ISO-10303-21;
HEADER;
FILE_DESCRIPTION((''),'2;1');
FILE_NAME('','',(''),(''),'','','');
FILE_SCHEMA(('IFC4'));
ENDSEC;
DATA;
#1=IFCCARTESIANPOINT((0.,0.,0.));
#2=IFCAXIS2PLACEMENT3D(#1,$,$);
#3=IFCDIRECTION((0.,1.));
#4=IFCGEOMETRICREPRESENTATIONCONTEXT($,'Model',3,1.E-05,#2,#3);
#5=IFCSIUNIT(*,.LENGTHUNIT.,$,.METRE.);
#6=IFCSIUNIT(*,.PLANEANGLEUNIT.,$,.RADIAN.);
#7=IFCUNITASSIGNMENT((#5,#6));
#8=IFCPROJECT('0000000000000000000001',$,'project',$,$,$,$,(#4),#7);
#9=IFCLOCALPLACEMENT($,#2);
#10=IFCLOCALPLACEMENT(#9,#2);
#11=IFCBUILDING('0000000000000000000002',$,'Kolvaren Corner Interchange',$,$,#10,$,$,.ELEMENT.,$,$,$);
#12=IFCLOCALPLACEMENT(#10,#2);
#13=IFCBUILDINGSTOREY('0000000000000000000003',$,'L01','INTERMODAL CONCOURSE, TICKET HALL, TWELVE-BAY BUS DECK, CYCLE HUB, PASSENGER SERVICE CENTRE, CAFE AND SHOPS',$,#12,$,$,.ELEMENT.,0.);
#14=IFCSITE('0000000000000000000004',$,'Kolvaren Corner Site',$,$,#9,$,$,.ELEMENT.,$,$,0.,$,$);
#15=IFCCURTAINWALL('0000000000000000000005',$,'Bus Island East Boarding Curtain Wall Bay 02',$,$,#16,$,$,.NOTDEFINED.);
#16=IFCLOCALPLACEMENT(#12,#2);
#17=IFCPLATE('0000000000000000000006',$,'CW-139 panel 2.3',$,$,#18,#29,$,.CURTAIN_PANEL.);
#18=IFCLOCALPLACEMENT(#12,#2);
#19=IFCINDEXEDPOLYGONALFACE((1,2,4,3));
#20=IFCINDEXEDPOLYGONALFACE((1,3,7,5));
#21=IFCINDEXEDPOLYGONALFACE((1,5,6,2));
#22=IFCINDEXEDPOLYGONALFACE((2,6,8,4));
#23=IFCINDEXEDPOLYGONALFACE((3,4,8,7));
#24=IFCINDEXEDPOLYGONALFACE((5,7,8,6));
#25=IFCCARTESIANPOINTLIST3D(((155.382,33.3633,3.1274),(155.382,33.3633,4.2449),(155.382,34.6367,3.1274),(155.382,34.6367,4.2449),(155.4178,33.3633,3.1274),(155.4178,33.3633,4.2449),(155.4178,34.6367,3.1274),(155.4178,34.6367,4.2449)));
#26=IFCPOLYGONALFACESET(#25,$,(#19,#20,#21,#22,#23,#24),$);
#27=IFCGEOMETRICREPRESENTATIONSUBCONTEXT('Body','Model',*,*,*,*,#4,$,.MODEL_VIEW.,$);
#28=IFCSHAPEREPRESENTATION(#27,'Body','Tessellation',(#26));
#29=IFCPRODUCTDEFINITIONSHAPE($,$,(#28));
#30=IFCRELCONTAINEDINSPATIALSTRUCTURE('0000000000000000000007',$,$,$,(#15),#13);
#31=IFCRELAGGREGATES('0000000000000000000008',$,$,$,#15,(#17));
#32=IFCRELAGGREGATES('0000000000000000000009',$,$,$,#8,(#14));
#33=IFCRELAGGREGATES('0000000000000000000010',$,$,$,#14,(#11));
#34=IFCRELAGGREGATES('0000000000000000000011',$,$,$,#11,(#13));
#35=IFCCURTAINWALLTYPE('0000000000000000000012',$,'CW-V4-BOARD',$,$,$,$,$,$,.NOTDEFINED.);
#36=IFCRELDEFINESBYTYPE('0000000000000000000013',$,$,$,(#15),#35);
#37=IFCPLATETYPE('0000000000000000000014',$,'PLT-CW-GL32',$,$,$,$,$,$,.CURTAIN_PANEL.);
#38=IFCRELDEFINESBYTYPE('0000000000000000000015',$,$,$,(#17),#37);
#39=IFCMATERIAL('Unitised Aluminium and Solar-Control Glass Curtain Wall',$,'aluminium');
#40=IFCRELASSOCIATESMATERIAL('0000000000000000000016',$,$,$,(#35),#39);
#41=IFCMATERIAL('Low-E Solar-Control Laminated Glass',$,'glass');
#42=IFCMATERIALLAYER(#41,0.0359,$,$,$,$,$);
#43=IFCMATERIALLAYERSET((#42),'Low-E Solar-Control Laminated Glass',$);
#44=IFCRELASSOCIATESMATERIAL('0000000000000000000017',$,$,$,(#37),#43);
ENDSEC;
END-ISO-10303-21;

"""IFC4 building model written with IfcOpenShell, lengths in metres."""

from ifc_helpers import new_model, si_unit, direction, frame, origin, origin_2d, place, context, subcontext, project, spatial, rectangle, extrude, material, layer, layer_set, type_object, element, aggregate, save


model = new_model("IFC4")

# Units and contexts
model_context = context("Model", 3, precision=1e-05, world=origin(), true_north=direction((0.0, 1.0)))
body_context = subcontext(model_context, "Body", "Model", "MODEL_VIEW")
ifc_project = project(units=[si_unit("LENGTHUNIT", "METRE"), si_unit("PLANEANGLEUNIT", "RADIAN")], contexts=[model_context])

# Site, building, storey
site_placement = place(None, origin())
site = spatial("IfcSite", under=ifc_project, at=site_placement, Name="Kolvaren Corner Site", CompositionType="ELEMENT", RefElevation=0.0)
building_placement = place(site_placement, origin())
building = spatial("IfcBuilding", under=site, at=building_placement, Name="Kolvaren Corner Interchange", CompositionType="ELEMENT")
storey_placement = place(building_placement, origin())
storey = spatial("IfcBuildingStorey", under=building, at=storey_placement, Name="L01", Description="INTERMODAL CONCOURSE, TICKET HALL, TWELVE-BAY BUS DECK, CYCLE HUB, PASSENGER SERVICE CENTRE, CAFE AND SHOPS", CompositionType="ELEMENT", Elevation=0.0)

# Shared definitions
ifc_material_1 = material(Name="Unitised Aluminium and Solar-Control Glass Curtain Wall", Category="aluminium")
curtain_wall_type = type_object("IfcCurtainWallType", Name="CW-V4-BOARD", PredefinedType="NOTDEFINED", material=ifc_material_1)

# Curtain wall
curtain_wall_1_placement = place(storey_placement, origin())
curtain_wall_1 = element("IfcCurtainWall", 1, at=curtain_wall_1_placement, inside=storey, type_object=curtain_wall_type, Name="Bus Island East Boarding Curtain Wall Bay 02", PredefinedType="NOTDEFINED")

# Plate
ifc_material_2 = material(Name="Low-E Solar-Control Laminated Glass", Category="glass")
ifc_layer = layer(ifc_material_2, 0.0359)
ifc_layer_set = layer_set([ifc_layer], Name="Low-E Solar-Control Laminated Glass")
plate_type = type_object("IfcPlateType", Name="PLT-CW-GL32", PredefinedType="CURTAIN_PANEL", material=ifc_layer_set)
plate_1_placement = place(storey_placement, frame((155.3999, 34.0, 3.1274), z_axis=(0.0, 0.0, 1.0), x_axis=(0.0, 1.0, 0.0)))
plate_1 = element("IfcPlate", 2, at=plate_1_placement, type_object=plate_type, Name="CW-139 panel 2.3", PredefinedType="CURTAIN_PANEL", context=body_context, shape_type="SweptSolid", body=[
    extrude(rectangle(XDim=1.2734, YDim=0.0359, at=origin_2d()), origin(), (0.0, 0.0, 1.0), 1.1174),
])
aggregate(curtain_wall_1, [plate_1])

save(model, "model.ifc")
